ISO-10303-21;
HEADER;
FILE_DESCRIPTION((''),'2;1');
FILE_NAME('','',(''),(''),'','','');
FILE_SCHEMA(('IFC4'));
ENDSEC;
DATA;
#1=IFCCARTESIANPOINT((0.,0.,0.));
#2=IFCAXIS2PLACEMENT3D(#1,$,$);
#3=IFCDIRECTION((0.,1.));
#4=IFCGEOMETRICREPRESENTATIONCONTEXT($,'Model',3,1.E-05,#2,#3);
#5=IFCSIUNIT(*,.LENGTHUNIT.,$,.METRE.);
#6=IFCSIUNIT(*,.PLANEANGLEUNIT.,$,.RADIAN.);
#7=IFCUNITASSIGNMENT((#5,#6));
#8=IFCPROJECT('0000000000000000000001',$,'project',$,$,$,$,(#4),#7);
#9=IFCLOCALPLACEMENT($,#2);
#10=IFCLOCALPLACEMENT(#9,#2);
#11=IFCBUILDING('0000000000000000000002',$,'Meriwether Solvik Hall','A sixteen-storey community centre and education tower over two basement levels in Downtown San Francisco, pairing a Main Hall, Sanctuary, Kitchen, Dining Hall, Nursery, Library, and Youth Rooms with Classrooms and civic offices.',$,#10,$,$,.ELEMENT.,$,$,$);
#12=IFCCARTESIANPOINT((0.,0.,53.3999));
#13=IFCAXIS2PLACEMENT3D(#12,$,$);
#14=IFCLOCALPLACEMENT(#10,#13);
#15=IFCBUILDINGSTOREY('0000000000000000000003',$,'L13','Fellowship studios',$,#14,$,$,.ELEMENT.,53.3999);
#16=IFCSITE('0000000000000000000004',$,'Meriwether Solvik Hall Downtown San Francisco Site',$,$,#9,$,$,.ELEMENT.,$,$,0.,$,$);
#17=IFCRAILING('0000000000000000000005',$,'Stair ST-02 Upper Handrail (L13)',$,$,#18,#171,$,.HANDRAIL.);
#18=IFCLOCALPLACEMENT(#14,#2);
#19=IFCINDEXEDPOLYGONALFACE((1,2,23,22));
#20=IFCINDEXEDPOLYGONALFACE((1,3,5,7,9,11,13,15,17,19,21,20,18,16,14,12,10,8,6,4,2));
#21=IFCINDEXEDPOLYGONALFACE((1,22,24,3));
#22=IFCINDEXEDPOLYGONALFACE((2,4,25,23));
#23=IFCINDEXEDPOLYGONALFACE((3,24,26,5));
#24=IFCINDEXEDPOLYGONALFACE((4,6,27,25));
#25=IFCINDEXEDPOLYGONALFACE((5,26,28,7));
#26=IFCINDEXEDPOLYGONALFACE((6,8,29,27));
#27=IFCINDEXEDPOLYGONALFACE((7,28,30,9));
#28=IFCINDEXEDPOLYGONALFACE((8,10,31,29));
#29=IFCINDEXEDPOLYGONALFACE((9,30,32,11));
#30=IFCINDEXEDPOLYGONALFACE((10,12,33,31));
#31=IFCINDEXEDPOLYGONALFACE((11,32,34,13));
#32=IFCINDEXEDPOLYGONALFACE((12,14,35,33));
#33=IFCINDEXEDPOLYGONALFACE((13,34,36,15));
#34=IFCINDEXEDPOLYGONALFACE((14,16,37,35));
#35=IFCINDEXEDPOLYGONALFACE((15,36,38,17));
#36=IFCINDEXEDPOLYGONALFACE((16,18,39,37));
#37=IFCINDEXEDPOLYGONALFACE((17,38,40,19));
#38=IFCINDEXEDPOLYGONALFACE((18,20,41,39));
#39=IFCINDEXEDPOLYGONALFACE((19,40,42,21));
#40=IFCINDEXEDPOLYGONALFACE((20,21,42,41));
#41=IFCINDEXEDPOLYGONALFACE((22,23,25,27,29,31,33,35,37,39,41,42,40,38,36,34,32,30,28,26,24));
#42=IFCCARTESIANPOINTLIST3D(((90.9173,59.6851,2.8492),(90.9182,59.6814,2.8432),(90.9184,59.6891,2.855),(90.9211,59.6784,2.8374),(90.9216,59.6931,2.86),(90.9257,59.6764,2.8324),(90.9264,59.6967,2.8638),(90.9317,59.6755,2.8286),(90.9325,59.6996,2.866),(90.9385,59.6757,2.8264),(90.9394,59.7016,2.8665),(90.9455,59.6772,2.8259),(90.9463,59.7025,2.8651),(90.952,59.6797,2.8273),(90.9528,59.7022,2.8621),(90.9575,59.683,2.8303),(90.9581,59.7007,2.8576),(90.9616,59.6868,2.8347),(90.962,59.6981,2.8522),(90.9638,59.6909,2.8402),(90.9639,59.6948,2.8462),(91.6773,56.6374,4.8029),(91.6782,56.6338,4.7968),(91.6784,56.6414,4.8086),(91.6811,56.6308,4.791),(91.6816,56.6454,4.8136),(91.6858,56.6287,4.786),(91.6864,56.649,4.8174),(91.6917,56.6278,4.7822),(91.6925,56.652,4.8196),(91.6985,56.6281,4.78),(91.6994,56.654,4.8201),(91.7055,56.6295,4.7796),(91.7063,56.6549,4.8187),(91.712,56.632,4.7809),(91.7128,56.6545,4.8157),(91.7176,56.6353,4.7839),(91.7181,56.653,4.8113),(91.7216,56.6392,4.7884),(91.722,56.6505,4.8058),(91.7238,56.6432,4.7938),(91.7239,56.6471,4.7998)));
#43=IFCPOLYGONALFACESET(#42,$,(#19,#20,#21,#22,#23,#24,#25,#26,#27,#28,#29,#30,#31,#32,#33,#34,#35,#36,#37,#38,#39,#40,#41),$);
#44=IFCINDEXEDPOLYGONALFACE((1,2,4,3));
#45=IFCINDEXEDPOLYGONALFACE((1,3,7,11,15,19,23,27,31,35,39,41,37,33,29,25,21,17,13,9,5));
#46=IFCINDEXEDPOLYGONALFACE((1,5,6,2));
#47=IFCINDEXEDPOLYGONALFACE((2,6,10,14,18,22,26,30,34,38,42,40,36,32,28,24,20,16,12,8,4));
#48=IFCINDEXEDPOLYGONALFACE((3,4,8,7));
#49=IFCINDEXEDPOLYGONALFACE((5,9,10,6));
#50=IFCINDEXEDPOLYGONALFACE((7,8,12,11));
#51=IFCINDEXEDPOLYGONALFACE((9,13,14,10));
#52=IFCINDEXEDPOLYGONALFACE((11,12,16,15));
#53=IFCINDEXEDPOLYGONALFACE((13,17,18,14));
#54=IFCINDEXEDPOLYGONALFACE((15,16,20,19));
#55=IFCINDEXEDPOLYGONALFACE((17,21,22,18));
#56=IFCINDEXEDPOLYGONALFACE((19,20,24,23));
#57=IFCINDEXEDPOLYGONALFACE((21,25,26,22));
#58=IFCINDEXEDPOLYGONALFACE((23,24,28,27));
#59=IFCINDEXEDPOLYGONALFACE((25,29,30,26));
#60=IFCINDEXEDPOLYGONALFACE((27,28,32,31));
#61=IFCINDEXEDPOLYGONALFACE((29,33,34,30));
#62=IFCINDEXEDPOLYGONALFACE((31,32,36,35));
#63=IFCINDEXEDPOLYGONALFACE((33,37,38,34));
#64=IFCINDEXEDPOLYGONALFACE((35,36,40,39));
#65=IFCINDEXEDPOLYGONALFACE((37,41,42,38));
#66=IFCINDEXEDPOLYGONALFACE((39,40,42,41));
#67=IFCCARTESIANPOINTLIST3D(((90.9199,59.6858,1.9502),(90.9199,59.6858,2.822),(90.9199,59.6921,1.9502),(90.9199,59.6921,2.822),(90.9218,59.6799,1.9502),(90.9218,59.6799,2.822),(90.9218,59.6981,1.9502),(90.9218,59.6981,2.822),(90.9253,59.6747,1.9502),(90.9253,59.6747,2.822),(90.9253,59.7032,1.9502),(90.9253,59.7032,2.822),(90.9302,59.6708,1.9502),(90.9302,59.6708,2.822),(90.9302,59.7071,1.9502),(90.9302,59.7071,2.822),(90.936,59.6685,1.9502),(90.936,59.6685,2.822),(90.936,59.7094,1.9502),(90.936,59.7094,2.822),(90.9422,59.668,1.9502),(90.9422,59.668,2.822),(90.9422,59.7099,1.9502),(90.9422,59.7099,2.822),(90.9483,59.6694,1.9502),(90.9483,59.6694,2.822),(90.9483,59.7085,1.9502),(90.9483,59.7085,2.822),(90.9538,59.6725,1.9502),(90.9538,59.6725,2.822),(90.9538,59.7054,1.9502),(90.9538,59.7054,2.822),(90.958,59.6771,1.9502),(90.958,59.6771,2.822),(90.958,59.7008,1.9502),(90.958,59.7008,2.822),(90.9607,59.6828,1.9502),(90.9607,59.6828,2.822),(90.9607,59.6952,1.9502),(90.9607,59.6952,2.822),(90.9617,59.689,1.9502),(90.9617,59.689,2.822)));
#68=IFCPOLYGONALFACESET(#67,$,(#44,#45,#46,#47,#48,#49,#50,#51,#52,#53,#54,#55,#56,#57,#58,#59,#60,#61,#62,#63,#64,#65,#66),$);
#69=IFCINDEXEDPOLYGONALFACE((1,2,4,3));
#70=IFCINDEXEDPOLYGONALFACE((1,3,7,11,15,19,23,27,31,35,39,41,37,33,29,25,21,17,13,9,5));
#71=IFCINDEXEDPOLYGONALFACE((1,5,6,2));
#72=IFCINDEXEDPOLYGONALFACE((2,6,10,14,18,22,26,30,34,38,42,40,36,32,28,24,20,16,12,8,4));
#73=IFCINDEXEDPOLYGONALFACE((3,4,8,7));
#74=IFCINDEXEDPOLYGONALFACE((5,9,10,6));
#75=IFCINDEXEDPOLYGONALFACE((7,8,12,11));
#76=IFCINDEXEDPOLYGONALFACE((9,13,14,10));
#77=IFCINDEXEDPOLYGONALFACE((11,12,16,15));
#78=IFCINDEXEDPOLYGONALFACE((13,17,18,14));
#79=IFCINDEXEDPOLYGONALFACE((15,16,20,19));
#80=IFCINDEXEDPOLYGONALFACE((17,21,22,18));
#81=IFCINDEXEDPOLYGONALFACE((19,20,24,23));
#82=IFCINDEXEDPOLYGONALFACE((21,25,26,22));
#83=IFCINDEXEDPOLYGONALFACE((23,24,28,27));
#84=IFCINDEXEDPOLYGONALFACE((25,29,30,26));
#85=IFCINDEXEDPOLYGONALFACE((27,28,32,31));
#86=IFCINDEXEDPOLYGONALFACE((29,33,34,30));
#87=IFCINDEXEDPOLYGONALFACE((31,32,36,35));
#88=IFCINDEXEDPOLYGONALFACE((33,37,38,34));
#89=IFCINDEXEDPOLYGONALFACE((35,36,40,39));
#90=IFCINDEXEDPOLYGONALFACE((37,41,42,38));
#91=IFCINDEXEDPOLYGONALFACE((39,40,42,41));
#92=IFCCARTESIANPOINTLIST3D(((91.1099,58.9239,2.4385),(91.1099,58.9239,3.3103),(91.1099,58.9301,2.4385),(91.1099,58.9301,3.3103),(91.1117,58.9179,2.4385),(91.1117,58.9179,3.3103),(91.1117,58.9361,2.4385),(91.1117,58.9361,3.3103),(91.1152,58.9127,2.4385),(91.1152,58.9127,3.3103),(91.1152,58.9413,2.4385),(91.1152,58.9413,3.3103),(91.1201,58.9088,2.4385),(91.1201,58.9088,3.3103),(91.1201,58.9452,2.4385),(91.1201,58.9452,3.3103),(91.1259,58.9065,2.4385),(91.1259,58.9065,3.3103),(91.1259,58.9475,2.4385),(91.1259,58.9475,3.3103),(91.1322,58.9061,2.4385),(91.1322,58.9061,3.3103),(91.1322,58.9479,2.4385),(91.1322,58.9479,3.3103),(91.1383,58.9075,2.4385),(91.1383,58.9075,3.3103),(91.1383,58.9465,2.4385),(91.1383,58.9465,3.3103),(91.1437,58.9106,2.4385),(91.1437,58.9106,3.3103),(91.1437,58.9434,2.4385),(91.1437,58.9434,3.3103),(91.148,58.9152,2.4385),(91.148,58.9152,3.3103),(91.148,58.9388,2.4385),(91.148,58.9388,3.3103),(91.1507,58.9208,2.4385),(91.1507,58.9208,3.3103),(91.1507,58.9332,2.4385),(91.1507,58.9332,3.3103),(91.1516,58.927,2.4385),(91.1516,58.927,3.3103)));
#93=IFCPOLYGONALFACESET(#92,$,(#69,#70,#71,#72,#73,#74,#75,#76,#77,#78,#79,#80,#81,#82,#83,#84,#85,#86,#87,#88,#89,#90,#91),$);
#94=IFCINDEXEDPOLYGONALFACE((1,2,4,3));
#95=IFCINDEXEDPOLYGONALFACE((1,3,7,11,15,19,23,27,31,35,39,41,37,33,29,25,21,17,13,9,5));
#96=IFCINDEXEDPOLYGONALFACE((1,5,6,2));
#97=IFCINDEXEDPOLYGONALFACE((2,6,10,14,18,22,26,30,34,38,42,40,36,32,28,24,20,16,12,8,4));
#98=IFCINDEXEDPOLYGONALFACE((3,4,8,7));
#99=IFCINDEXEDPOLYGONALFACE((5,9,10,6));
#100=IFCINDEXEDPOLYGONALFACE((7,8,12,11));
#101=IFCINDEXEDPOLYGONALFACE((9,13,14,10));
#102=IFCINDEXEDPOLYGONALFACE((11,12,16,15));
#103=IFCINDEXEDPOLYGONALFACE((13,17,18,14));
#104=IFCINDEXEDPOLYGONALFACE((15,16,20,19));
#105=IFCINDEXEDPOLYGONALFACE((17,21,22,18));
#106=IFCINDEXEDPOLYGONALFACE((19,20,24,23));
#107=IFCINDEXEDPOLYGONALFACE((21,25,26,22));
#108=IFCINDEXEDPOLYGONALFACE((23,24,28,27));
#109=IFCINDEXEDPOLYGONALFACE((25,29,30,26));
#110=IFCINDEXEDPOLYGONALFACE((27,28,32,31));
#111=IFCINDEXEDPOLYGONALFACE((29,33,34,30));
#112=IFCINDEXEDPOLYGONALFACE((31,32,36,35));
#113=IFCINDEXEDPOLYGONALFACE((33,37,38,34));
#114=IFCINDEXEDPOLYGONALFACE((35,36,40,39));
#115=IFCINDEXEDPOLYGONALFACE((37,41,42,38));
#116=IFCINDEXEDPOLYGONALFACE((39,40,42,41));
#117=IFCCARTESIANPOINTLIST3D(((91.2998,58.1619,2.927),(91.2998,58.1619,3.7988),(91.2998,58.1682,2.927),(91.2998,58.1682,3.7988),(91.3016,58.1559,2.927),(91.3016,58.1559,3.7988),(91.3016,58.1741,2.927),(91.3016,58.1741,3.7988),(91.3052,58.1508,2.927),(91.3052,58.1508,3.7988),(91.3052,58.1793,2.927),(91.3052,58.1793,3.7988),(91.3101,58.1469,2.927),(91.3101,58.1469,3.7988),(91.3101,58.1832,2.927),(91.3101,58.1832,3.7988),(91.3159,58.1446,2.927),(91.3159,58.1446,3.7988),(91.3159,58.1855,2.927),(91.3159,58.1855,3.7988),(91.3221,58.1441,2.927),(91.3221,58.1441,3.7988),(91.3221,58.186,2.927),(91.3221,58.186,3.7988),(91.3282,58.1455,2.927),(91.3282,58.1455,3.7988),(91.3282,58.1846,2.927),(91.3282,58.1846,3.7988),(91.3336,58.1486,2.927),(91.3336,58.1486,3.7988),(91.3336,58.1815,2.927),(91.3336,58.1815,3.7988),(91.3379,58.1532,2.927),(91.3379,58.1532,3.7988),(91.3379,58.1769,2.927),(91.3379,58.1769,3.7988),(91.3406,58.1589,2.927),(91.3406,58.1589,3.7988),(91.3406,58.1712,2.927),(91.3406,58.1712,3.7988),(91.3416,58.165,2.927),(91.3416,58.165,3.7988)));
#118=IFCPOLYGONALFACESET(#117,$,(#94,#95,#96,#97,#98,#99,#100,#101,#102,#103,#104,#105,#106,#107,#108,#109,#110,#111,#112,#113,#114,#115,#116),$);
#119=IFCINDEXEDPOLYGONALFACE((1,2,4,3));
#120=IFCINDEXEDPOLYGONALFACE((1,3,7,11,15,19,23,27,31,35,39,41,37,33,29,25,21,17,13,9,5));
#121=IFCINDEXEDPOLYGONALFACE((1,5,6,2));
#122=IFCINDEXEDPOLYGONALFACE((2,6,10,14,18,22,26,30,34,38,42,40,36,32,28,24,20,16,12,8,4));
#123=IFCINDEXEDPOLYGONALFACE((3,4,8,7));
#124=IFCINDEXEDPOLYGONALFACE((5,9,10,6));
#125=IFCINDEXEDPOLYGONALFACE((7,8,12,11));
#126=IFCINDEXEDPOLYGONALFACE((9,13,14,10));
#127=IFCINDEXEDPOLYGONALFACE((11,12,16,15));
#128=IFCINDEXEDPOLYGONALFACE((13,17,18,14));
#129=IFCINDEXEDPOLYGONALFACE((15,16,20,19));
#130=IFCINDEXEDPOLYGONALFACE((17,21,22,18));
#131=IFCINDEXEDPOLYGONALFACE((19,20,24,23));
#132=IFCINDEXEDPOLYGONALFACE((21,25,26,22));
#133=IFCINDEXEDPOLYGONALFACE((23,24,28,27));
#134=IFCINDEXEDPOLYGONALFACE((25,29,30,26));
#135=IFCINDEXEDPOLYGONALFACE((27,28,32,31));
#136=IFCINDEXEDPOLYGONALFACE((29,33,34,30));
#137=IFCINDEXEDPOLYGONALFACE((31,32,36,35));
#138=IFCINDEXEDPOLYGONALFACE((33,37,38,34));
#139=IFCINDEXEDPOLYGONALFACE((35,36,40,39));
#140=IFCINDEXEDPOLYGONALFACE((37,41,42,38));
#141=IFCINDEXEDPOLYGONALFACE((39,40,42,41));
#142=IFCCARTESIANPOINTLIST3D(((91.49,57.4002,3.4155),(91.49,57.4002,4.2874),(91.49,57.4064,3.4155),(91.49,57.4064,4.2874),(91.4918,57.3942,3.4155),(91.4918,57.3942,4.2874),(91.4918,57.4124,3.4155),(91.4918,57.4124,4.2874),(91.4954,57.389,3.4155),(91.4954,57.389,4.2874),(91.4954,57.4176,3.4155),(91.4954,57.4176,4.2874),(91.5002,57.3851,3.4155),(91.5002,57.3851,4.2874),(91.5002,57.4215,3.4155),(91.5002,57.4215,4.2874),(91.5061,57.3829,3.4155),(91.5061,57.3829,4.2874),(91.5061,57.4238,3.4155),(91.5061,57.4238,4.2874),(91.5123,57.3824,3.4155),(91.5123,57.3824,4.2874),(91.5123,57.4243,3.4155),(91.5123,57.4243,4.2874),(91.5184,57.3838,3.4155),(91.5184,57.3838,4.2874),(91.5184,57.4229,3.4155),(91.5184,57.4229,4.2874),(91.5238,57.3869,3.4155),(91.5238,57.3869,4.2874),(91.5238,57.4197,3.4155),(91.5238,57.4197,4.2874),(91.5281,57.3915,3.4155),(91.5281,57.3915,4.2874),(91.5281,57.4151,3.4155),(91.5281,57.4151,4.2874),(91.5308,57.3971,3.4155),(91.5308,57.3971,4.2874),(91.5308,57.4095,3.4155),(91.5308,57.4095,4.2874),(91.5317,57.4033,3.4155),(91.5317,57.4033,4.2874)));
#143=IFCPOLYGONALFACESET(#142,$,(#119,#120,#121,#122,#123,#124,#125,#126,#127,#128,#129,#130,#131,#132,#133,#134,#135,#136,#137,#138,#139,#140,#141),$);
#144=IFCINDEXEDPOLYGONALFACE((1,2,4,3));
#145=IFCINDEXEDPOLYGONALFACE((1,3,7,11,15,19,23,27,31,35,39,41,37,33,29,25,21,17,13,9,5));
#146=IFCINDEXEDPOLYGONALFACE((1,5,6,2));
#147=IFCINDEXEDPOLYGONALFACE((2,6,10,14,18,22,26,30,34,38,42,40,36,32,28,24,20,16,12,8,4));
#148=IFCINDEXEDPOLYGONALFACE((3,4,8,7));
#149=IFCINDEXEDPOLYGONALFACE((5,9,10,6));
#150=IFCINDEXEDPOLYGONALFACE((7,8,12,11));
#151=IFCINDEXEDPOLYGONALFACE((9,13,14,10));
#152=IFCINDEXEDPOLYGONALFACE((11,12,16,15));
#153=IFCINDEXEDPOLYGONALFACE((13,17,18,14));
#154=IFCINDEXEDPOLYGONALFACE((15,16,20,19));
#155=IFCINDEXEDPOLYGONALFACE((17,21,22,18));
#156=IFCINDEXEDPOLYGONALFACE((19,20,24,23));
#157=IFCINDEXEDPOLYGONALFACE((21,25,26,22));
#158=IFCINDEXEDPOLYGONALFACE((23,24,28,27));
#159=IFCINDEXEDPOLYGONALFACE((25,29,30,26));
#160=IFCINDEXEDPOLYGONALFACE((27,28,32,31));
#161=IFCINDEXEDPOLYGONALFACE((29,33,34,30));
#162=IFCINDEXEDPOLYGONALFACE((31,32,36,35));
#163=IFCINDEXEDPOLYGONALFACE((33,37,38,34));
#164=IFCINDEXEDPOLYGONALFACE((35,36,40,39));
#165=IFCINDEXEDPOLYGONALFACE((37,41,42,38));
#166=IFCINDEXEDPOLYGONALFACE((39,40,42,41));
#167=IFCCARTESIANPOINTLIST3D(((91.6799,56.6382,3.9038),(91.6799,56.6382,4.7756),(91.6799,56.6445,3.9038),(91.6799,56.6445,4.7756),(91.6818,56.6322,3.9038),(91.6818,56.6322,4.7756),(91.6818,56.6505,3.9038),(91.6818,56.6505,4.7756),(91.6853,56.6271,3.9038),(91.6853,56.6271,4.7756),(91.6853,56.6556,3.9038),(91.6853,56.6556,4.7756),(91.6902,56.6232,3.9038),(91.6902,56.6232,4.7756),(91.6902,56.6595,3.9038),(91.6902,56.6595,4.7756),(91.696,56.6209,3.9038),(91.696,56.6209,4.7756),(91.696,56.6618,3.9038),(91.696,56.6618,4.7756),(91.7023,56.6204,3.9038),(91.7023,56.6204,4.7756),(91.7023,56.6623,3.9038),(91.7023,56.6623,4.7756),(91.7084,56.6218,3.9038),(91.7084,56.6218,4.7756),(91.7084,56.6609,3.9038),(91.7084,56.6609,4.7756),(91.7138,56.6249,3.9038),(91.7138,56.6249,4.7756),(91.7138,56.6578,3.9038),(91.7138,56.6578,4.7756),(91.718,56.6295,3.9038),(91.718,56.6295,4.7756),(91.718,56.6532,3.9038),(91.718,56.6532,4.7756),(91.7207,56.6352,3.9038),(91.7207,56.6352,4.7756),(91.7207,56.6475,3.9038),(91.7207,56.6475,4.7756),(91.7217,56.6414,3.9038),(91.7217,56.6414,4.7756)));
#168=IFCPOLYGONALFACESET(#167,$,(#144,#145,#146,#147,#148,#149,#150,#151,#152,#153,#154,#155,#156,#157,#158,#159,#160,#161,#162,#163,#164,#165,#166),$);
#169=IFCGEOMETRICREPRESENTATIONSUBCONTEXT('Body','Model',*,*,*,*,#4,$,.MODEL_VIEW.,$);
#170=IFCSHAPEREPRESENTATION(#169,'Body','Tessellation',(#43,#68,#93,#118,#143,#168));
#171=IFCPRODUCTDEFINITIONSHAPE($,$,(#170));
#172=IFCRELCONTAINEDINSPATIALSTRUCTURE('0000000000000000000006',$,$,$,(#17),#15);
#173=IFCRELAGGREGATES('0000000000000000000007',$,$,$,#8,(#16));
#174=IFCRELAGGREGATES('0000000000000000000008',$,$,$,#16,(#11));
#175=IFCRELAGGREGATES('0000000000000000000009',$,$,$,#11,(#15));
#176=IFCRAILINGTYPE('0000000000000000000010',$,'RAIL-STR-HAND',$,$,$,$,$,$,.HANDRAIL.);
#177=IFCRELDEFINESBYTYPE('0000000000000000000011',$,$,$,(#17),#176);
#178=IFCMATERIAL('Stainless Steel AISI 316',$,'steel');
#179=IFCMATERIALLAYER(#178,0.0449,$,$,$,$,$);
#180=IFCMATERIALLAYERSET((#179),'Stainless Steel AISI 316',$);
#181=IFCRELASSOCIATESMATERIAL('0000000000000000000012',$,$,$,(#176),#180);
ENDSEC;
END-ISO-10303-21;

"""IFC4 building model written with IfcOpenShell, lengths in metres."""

from ifc_helpers import new_model, si_unit, direction, frame, origin, origin_2d, place, context, subcontext, project, spatial, circle, extrude, material, layer, layer_set, type_object, element, save


model = new_model("IFC4")

# Units and contexts
model_context = context("Model", 3, precision=1e-05, world=origin(), true_north=direction((0.0, 1.0)))
body_context = subcontext(model_context, "Body", "Model", "MODEL_VIEW")
ifc_project = project(units=[si_unit("LENGTHUNIT", "METRE"), si_unit("PLANEANGLEUNIT", "RADIAN")], contexts=[model_context])

# Site, building, storey
site_placement = place(None, origin())
site = spatial("IfcSite", under=ifc_project, at=site_placement, Name="Meriwether Solvik Hall Downtown San Francisco Site", CompositionType="ELEMENT", RefElevation=0.0)
building_placement = place(site_placement, origin())
building = spatial("IfcBuilding", under=site, at=building_placement, Name="Meriwether Solvik Hall", Description="A sixteen-storey community centre and education tower over two basement levels in Downtown San Francisco, pairing a Main Hall, Sanctuary, Kitchen, Dining Hall, Nursery, Library, and Youth Rooms with Classrooms and civic offices.", CompositionType="ELEMENT")
storey_placement = place(building_placement, frame((0.0, 0.0, 53.3999)))
storey = spatial("IfcBuildingStorey", under=building, at=storey_placement, Name="L13", Description="Fellowship studios", CompositionType="ELEMENT", Elevation=53.3999)

# Railing
ifc_material_1 = material(Name="Stainless Steel AISI 316", Category="steel")
ifc_layer_1 = layer(ifc_material_1, 0.0449)
ifc_layer_set_1 = layer_set([ifc_layer_1], Name="Stainless Steel AISI 316")
railing_type = type_object("IfcRailingType", Name="RAIL-STR-HAND", PredefinedType="HANDRAIL", material=ifc_layer_set_1)
railing_placement = place(storey_placement, frame((90.9407, 59.689, 1.9502)))
element("IfcRailing", 1, at=railing_placement, inside=storey, type_object=railing_type, Name="Stair ST-02 Upper Handrail (L13)", PredefinedType="HANDRAIL", context=body_context, shape_type="SweptSolid", body=[
    extrude(circle(Radius=0.0239, at=origin_2d()), frame((0.0, 0.0, 0.896), z_axis=(0.205467, -0.823915, 0.528155), x_axis=(0.970284, 0.241969, 0.0)), (0.0, 0.0, 1.0), 3.699),
    extrude(circle(Radius=0.021, at=origin_2d()), origin(), (0.0, 0.0, 1.0), 0.8718),
    extrude(circle(Radius=0.021, at=origin_2d()), frame((0.1899, -0.762, 0.4883)), (0.0, 0.0, 1.0), 0.8718),
    extrude(circle(Radius=0.021, at=origin_2d()), frame((0.3799, -1.5239, 0.9768)), (0.0, 0.0, 1.0), 0.8718),
    extrude(circle(Radius=0.021, at=origin_2d()), frame((0.5701, -2.2856, 1.4653)), (0.0, 0.0, 1.0), 0.8718),
    extrude(circle(Radius=0.021, at=origin_2d()), frame((0.76, -3.0476, 1.9536)), (0.0, 0.0, 1.0), 0.8718),
])

save(model, "model.ifc")
